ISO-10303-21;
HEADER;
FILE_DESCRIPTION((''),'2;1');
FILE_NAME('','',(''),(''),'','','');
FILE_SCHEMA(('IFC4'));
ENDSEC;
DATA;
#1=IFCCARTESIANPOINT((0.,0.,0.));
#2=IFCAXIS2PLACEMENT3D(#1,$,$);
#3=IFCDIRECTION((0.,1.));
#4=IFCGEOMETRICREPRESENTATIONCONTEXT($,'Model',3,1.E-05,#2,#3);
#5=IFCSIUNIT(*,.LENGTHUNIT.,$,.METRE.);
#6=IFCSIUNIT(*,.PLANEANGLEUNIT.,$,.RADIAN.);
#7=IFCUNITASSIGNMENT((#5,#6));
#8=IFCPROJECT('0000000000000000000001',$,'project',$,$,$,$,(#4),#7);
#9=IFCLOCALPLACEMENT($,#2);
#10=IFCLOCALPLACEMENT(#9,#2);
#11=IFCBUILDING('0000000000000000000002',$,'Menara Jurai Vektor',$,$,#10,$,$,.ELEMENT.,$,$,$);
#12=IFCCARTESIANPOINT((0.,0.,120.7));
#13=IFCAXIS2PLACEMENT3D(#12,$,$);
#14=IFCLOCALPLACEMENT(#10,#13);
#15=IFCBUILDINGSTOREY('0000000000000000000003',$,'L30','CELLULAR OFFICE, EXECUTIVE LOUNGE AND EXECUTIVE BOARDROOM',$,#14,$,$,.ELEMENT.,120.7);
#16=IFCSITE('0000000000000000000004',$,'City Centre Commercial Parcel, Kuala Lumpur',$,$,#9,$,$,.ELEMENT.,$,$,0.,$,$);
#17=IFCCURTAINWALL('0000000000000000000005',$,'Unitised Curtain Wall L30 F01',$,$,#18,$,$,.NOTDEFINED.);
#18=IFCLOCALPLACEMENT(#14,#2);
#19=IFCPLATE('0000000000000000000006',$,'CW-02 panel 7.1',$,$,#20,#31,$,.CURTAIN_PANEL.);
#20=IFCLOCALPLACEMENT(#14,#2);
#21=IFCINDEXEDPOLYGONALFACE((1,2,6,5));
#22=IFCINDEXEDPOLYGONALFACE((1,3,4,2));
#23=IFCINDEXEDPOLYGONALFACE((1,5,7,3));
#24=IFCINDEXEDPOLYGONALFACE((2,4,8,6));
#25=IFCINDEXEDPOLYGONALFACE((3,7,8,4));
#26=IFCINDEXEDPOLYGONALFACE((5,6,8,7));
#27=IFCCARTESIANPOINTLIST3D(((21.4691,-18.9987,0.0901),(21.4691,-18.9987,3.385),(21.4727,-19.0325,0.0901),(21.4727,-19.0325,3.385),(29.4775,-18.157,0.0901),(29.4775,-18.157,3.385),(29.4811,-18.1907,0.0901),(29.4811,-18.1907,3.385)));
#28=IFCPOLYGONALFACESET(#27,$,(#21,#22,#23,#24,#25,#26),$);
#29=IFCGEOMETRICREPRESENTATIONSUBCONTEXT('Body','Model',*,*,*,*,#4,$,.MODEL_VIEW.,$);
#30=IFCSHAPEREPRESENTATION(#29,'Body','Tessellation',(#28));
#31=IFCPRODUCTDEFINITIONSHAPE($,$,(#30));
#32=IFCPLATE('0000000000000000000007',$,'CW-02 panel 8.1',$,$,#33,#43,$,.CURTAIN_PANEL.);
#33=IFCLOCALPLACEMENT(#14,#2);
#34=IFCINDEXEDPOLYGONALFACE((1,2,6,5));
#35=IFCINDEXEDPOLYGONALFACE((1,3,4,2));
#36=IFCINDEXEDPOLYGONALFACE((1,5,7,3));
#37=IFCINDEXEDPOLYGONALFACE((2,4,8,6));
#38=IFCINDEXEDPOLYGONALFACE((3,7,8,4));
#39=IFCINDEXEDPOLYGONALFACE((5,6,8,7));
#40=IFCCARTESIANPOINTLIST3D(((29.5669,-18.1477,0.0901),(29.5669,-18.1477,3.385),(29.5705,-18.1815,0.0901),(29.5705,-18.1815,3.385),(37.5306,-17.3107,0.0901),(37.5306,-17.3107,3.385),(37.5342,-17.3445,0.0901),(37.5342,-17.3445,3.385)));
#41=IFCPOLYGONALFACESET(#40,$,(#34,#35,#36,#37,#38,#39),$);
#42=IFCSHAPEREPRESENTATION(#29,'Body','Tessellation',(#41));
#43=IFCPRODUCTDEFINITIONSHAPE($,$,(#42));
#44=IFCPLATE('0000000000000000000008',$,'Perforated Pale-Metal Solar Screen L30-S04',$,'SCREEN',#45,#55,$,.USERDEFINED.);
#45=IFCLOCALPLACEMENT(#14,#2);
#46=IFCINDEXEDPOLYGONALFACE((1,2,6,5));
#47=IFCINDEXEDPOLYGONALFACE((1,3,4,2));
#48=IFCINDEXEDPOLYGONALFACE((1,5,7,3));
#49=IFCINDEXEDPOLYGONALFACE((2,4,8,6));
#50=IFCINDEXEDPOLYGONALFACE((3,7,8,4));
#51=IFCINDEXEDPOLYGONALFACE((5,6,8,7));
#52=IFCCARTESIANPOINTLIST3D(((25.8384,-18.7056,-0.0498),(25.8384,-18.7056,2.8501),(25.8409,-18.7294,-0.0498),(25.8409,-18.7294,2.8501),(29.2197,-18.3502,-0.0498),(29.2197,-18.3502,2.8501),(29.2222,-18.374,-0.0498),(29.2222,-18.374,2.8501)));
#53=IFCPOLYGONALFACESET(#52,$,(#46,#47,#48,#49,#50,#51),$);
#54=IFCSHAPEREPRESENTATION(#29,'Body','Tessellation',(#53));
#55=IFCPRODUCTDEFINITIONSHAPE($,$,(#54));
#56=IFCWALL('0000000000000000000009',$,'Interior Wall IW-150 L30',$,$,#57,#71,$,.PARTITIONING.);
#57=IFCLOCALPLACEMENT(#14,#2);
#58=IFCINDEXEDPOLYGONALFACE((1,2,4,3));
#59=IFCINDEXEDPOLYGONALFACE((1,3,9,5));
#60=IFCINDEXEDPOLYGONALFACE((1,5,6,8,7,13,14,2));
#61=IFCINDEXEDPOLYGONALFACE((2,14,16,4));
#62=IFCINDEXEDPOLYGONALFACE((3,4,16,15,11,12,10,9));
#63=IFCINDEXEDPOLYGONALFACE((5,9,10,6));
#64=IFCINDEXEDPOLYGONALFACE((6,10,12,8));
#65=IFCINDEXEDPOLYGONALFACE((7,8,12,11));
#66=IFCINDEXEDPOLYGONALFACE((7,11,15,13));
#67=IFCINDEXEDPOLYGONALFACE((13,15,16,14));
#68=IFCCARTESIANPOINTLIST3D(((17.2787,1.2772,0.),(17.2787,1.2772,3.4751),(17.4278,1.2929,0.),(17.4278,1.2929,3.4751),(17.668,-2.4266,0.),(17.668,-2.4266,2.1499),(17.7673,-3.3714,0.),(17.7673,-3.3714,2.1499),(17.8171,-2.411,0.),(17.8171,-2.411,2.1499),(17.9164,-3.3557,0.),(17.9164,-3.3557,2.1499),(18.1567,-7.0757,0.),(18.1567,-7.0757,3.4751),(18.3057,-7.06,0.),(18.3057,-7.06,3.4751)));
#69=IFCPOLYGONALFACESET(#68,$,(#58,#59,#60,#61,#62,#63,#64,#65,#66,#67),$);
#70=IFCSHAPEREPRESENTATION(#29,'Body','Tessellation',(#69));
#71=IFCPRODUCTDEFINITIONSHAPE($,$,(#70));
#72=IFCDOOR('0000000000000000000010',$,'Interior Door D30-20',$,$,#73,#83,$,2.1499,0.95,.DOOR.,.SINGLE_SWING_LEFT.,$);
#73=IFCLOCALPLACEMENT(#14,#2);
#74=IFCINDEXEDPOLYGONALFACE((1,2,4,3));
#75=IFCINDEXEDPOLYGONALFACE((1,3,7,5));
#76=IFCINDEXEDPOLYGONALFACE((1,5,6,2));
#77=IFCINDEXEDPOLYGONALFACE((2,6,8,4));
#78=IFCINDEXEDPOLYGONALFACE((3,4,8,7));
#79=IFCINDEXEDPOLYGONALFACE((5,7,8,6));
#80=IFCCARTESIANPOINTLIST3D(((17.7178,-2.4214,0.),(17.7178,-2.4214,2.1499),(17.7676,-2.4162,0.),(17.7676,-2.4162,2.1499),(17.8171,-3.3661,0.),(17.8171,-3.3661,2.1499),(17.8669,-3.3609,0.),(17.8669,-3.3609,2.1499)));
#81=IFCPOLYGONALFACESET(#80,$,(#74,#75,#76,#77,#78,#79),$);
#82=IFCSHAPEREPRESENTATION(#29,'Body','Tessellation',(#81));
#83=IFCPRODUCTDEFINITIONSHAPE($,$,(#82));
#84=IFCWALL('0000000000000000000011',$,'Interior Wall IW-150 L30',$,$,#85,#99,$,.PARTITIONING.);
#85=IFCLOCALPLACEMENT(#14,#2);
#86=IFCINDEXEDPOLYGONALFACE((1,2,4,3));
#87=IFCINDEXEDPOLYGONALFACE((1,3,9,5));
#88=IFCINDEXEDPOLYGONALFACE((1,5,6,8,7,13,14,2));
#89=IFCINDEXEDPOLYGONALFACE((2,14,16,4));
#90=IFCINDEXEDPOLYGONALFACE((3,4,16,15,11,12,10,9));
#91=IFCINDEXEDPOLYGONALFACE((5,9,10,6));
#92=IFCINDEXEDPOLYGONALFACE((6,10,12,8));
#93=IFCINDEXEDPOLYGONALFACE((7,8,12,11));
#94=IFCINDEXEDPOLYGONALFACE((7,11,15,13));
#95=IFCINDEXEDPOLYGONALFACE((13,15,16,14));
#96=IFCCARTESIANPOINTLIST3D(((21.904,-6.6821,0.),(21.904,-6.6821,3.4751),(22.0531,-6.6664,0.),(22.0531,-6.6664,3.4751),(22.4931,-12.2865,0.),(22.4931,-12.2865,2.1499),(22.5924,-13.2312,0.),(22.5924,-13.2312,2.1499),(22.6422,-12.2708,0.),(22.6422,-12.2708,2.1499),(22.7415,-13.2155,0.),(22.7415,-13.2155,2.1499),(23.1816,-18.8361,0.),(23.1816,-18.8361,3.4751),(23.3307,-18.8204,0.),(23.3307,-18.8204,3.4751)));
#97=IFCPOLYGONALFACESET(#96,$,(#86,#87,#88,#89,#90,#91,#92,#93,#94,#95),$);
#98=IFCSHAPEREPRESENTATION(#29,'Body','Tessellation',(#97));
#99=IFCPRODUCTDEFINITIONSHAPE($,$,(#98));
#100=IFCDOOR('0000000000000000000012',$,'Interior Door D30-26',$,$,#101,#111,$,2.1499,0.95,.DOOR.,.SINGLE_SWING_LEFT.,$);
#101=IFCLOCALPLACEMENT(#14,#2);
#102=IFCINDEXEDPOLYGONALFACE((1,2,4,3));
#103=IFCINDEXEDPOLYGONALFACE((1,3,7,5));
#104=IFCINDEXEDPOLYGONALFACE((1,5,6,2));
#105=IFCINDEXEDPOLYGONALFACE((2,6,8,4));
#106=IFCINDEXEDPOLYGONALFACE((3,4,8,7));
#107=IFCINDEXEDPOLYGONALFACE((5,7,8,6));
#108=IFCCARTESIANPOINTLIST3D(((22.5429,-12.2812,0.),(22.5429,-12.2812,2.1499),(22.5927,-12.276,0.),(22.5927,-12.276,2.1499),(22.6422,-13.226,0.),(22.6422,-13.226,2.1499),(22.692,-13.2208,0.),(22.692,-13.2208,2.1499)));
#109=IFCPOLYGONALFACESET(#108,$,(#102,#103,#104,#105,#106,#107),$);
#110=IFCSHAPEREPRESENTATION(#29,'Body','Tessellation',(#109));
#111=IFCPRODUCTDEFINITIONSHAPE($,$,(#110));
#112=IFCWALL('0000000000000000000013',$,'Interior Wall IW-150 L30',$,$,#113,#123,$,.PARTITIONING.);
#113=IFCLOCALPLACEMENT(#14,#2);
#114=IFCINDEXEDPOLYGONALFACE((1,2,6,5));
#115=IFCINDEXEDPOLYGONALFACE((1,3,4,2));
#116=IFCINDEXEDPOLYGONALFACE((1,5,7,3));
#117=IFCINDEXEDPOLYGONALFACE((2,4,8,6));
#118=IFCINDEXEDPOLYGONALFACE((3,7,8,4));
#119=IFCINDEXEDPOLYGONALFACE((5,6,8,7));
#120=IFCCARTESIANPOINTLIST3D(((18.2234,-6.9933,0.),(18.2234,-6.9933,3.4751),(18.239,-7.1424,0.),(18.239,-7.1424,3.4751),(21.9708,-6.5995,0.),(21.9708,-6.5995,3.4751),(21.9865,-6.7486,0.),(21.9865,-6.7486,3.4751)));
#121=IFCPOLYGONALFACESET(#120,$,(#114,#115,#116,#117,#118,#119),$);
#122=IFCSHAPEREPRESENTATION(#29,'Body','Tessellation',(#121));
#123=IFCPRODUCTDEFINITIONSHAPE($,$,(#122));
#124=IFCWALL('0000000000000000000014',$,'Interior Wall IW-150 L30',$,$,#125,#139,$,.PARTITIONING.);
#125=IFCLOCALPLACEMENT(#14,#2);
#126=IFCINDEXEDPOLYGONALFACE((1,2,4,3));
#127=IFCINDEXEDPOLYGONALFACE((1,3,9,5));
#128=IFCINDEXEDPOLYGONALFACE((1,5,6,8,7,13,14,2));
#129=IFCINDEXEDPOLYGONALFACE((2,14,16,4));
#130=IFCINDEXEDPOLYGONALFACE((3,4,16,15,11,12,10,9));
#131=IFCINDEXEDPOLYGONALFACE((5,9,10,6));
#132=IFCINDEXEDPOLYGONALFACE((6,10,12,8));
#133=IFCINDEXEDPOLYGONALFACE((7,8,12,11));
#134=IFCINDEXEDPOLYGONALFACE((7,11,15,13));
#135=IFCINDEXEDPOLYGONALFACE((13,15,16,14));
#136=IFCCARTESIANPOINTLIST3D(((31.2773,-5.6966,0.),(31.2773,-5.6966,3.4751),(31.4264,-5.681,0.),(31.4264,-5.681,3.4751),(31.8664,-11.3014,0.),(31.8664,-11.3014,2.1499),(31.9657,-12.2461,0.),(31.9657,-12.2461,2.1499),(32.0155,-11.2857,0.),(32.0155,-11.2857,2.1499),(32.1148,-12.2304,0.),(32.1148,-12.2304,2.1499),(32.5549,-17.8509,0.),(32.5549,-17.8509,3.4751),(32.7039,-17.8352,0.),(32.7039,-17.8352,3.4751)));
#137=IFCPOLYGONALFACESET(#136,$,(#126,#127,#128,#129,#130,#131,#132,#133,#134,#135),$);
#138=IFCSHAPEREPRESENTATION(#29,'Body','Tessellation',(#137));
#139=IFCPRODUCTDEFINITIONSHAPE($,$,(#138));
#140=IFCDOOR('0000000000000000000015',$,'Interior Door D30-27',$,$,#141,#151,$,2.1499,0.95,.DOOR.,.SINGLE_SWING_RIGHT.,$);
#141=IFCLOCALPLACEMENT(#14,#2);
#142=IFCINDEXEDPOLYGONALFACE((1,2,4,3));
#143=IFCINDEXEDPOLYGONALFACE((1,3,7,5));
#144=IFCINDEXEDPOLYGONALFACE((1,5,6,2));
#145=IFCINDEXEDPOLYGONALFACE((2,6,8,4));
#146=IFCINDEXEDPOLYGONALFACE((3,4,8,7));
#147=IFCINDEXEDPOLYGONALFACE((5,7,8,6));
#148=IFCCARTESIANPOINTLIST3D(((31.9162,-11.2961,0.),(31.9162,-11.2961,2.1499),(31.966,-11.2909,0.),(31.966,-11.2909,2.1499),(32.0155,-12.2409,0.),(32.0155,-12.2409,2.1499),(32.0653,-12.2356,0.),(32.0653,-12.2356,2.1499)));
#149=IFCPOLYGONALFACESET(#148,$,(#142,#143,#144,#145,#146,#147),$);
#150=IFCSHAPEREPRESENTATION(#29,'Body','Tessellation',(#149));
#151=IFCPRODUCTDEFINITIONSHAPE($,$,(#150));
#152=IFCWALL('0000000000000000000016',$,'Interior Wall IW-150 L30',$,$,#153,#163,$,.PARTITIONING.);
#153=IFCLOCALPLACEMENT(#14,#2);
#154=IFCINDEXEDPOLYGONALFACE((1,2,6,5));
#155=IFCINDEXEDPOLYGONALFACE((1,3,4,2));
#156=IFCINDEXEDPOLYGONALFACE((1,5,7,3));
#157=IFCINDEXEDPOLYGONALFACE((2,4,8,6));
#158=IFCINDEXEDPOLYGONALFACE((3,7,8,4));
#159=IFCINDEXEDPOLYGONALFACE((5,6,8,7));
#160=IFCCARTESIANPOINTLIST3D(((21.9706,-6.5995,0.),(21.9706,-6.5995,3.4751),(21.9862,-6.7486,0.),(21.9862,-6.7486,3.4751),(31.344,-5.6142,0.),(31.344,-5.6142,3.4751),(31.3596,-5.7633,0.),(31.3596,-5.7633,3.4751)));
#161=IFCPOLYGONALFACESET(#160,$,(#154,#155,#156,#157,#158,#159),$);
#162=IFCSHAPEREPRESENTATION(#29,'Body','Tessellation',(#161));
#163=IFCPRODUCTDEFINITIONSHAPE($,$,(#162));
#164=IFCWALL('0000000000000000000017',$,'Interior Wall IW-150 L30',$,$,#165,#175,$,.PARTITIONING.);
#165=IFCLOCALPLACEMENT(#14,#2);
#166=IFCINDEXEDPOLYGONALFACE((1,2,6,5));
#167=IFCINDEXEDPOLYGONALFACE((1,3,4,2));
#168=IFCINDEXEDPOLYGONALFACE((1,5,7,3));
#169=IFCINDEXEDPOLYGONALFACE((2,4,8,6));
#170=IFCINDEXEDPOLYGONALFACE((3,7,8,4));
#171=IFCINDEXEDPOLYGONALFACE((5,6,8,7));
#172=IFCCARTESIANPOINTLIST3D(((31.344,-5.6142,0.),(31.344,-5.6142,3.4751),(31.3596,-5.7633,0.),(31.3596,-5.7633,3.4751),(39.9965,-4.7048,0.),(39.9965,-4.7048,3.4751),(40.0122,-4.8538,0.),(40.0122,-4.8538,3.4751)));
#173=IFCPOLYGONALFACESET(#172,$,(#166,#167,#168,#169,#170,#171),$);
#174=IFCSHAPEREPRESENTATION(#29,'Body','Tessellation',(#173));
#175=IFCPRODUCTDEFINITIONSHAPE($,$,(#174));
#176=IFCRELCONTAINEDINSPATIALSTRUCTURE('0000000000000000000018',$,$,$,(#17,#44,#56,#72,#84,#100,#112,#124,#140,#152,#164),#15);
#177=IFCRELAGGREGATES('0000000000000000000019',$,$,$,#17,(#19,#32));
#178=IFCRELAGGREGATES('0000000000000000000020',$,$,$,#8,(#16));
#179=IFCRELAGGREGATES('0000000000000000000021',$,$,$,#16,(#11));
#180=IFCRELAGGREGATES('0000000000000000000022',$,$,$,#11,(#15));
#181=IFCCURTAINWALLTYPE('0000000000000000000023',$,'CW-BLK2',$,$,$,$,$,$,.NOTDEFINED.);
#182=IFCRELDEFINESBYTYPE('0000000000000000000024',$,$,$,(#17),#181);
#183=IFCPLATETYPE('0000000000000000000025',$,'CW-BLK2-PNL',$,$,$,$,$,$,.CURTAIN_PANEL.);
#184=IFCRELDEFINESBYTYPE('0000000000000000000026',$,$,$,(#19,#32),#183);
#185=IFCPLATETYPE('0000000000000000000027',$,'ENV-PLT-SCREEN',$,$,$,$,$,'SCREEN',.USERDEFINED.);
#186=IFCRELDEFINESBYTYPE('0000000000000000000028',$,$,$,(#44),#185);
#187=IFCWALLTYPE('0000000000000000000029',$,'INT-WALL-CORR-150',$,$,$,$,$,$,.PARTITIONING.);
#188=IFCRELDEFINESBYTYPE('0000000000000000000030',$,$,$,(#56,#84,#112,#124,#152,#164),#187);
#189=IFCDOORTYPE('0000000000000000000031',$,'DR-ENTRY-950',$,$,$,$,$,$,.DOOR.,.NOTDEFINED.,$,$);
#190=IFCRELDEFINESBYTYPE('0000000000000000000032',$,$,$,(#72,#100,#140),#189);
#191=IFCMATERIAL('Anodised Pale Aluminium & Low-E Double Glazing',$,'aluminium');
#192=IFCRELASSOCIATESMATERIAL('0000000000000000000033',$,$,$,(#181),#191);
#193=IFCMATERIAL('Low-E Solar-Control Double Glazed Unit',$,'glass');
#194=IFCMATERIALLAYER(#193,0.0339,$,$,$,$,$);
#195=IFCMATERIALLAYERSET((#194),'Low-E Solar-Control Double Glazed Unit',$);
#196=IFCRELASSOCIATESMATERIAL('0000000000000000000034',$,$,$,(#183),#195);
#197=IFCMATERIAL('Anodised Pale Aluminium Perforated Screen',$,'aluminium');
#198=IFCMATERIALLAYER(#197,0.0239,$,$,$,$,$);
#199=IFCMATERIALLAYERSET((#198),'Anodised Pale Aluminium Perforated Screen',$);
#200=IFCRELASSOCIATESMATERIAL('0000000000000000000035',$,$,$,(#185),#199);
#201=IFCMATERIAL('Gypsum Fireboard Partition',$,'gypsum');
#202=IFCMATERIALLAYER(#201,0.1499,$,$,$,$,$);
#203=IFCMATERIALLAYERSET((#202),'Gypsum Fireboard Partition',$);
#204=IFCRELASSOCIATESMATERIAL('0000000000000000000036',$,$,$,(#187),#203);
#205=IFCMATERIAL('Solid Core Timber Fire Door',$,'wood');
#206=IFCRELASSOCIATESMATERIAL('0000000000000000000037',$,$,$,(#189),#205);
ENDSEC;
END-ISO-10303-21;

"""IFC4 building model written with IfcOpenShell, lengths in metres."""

from ifc_helpers import new_model, si_unit, direction, frame, frame_2d, origin, origin_2d, place, context, subcontext, project, spatial, rectangle, extrude, material, layer, layer_set, type_object, element, fill, aggregate, save


model = new_model("IFC4")

# Units and contexts
model_context = context("Model", 3, precision=1e-05, world=origin(), true_north=direction((0.0, 1.0)))
body_context = subcontext(model_context, "Body", "Model", "MODEL_VIEW")
ifc_project = project(units=[si_unit("LENGTHUNIT", "METRE"), si_unit("PLANEANGLEUNIT", "RADIAN")], contexts=[model_context])

# Site, building, storey
site_placement = place(None, origin())
site = spatial("IfcSite", under=ifc_project, at=site_placement, Name="City Centre Commercial Parcel, Kuala Lumpur", CompositionType="ELEMENT", RefElevation=0.0)
building_placement = place(site_placement, origin())
building = spatial("IfcBuilding", under=site, at=building_placement, Name="Menara Jurai Vektor", CompositionType="ELEMENT")
storey_placement = place(building_placement, frame((0.0, 0.0, 120.7)))
storey = spatial("IfcBuildingStorey", under=building, at=storey_placement, Name="L30", Description="CELLULAR OFFICE, EXECUTIVE LOUNGE AND EXECUTIVE BOARDROOM", CompositionType="ELEMENT", Elevation=120.7)

# Curtain wall
ifc_material_1 = material(Name="Anodised Pale Aluminium & Low-E Double Glazing", Category="aluminium")
curtain_wall_type = type_object("IfcCurtainWallType", Name="CW-BLK2", PredefinedType="NOTDEFINED", material=ifc_material_1)
curtain_wall_placement = place(storey_placement, origin())
curtain_wall = element("IfcCurtainWall", 1, at=curtain_wall_placement, inside=storey, type_object=curtain_wall_type, Name="Unitised Curtain Wall L30 F01", PredefinedType="NOTDEFINED")

# Plates
ifc_material_2 = material(Name="Low-E Solar-Control Double Glazed Unit", Category="glass")
ifc_layer_1 = layer(ifc_material_2, 0.0339)
ifc_layer_set_1 = layer_set([ifc_layer_1], Name="Low-E Solar-Control Double Glazed Unit")
plate_type_1 = type_object("IfcPlateType", Name="CW-BLK2-PNL", PredefinedType="CURTAIN_PANEL", material=ifc_layer_set_1)
plate_1_placement = place(storey_placement, frame((25.4751, -18.5947, 0.0901), z_axis=(0.0, 0.0, 1.0), x_axis=(0.994522, 0.104529, 0.0)))
plate_1 = element("IfcPlate", 2, at=plate_1_placement, type_object=plate_type_1, Name="CW-02 panel 7.1", PredefinedType="CURTAIN_PANEL", context=body_context, shape_type="SweptSolid", body=[
    extrude(rectangle(XDim=8.0525, YDim=0.0339, at=origin_2d()), origin(), (0.0, 0.0, 1.0), 3.2949),
])
plate_2_placement = place(storey_placement, frame((33.5505, -17.7461, 0.0901), z_axis=(0.0, 0.0, 1.0), x_axis=(0.994522, 0.104529, 0.0)))
plate_2 = element("IfcPlate", 3, at=plate_2_placement, type_object=plate_type_1, Name="CW-02 panel 8.1", PredefinedType="CURTAIN_PANEL", context=body_context, shape_type="SweptSolid", body=[
    extrude(rectangle(XDim=8.0076, YDim=0.0339, at=origin_2d()), origin(), (0.0, 0.0, 1.0), 3.2949),
])
aggregate(curtain_wall, [plate_1, plate_2])
ifc_material_3 = material(Name="Anodised Pale Aluminium Perforated Screen", Category="aluminium")
ifc_layer_2 = layer(ifc_material_3, 0.0239)
ifc_layer_set_2 = layer_set([ifc_layer_2], Name="Anodised Pale Aluminium Perforated Screen")
plate_type_2 = type_object("IfcPlateType", Name="ENV-PLT-SCREEN", ElementType="SCREEN", PredefinedType="USERDEFINED", material=ifc_layer_set_2)
plate_3_placement = place(storey_placement, frame((27.5303, -18.5398, -0.0498), z_axis=(0.0, 0.0, 1.0), x_axis=(0.994522, 0.104528, 0.0)))
element("IfcPlate", 4, at=plate_3_placement, inside=storey, type_object=plate_type_2, Name="Perforated Pale-Metal Solar Screen L30-S04", ObjectType="SCREEN", PredefinedType="USERDEFINED", context=body_context, shape_type="SweptSolid", body=[
    extrude(rectangle(XDim=3.3999, YDim=0.0239, at=origin_2d()), origin(), (0.0, 0.0, 1.0), 2.8999),
])

# Walls, openings, doors
ifc_material_4 = material(Name="Gypsum Fireboard Partition", Category="gypsum")
ifc_layer_3 = layer(ifc_material_4, 0.1499)
ifc_layer_set_3 = layer_set([ifc_layer_3], Name="Gypsum Fireboard Partition")
wall_type = type_object("IfcWallType", Name="INT-WALL-CORR-150", PredefinedType="PARTITIONING", material=ifc_layer_set_3)
wall_1_placement = place(storey_placement, frame((18.2312, -7.0679, 0.0), z_axis=(0.0, 0.0, 1.0), x_axis=(-0.104527, 0.994522, 0.0)))
wall_1 = element("IfcWall", 5, at=wall_1_placement, inside=storey, type_object=wall_type, Name="Interior Wall IW-150 L30", PredefinedType="PARTITIONING", context=body_context, shape_type="SweptSolid", body=[
    extrude(rectangle(XDim=8.3989, YDim=0.1499, at=frame_2d((4.1995, 0.0))), origin(), (0.0, 0.0, 1.0), 3.4751),
])
opening_1_placement = place(wall_1_placement, frame((3.7246, 0.0, 0.0)))
opening_1 = element("IfcOpeningElement", 6, at=opening_1_placement, cuts=wall_1, PredefinedType="OPENING", context=body_context, shape_type="SweptSolid", body=[
    extrude(rectangle(XDim=0.95, YDim=2.1499, at=frame_2d((0.4751, 1.075))), frame((0.0, 0.085, 0.0), z_axis=(0.0, -1.0, 0.0), x_axis=(1.0, 0.0, 0.0)), (0.0, 0.0, 1.0), 0.1699),
])
ifc_material_5 = material(Name="Solid Core Timber Fire Door", Category="wood")
door_type = type_object("IfcDoorType", Name="DR-ENTRY-950", OperationType="NOTDEFINED", PredefinedType="DOOR", material=ifc_material_5)
door_1_placement = place(opening_1_placement, origin())
door_1 = element("IfcDoor", 7, at=door_1_placement, inside=storey, type_object=door_type, Name="Interior Door D30-20", OperationType="SINGLE_SWING_LEFT", OverallHeight=2.1499, OverallWidth=0.95, PredefinedType="DOOR", context=body_context, shape_type="SweptSolid", body=[
    extrude(rectangle(XDim=0.95, YDim=2.1499, at=frame_2d((0.4751, 1.075))), frame((0.0, 0.0249, 0.0), z_axis=(0.0, -1.0, 0.0), x_axis=(1.0, 0.0, 0.0)), (0.0, 0.0, 1.0), 0.05),
])
fill(opening_1, door_1)
wall_2_placement = place(storey_placement, frame((23.2561, -18.8281, 0.0), z_axis=(0.0, 0.0, 1.0), x_axis=(-0.10454, 0.994521, 0.0)))
wall_2 = element("IfcWall", 8, at=wall_2_placement, inside=storey, type_object=wall_type, Name="Interior Wall IW-150 L30", PredefinedType="PARTITIONING", context=body_context, shape_type="SweptSolid", body=[
    extrude(rectangle(XDim=12.2209, YDim=0.1499, at=frame_2d((6.1104, 0.0))), origin(), (0.0, 0.0, 1.0), 3.4751),
])
opening_2_placement = place(wall_2_placement, frame((5.6355, 0.0, 0.0)))
opening_2 = element("IfcOpeningElement", 9, at=opening_2_placement, cuts=wall_2, PredefinedType="OPENING", context=body_context, shape_type="SweptSolid", body=[
    extrude(rectangle(XDim=0.95, YDim=2.1499, at=frame_2d((0.4751, 1.075))), frame((0.0, 0.085, 0.0), z_axis=(0.0, -1.0, 0.0), x_axis=(1.0, 0.0, 0.0)), (0.0, 0.0, 1.0), 0.1699),
])
door_2_placement = place(opening_2_placement, origin())
door_2 = element("IfcDoor", 10, at=door_2_placement, inside=storey, type_object=door_type, Name="Interior Door D30-26", OperationType="SINGLE_SWING_LEFT", OverallHeight=2.1499, OverallWidth=0.95, PredefinedType="DOOR", context=body_context, shape_type="SweptSolid", body=[
    extrude(rectangle(XDim=0.95, YDim=2.1499, at=frame_2d((0.4751, 1.075))), frame((0.0, 0.0249, 0.0), z_axis=(0.0, -1.0, 0.0), x_axis=(1.0, 0.0, 0.0)), (0.0, 0.0, 1.0), 0.05),
])
fill(opening_2, door_2)

# Wall
wall_3_placement = place(storey_placement, frame((18.2312, -7.0679, 0.0), z_axis=(0.0, 0.0, 1.0), x_axis=(0.994524, 0.104513, 0.0)))
element("IfcWall", 11, at=wall_3_placement, inside=storey, type_object=wall_type, Name="Interior Wall IW-150 L30", PredefinedType="PARTITIONING", context=body_context, shape_type="SweptSolid", body=[
    extrude(rectangle(XDim=3.7681, YDim=0.1499, at=frame_2d((1.884, 0.0))), origin(), (0.0, 0.0, 1.0), 3.4751),
])

# Wall, opening, door
wall_4_placement = place(storey_placement, frame((32.6294, -17.843, 0.0), z_axis=(0.0, 0.0, 1.0), x_axis=(-0.104538, 0.994521, 0.0)))
wall_4 = element("IfcWall", 12, at=wall_4_placement, inside=storey, type_object=wall_type, Name="Interior Wall IW-150 L30", PredefinedType="PARTITIONING", context=body_context, shape_type="SweptSolid", body=[
    extrude(rectangle(XDim=12.2212, YDim=0.1499, at=frame_2d((6.1106, 0.0))), origin(), (0.0, 0.0, 1.0), 3.4751),
])
opening_3_placement = place(wall_4_placement, frame((5.6355, 0.0, 0.0)))
opening_3 = element("IfcOpeningElement", 13, at=opening_3_placement, cuts=wall_4, PredefinedType="OPENING", context=body_context, shape_type="SweptSolid", body=[
    extrude(rectangle(XDim=0.95, YDim=2.1499, at=frame_2d((0.4751, 1.075))), frame((0.0, 0.085, 0.0), z_axis=(0.0, -1.0, 0.0), x_axis=(1.0, 0.0, 0.0)), (0.0, 0.0, 1.0), 0.1699),
])
door_3_placement = place(opening_3_placement, origin())
door_3 = element("IfcDoor", 14, at=door_3_placement, inside=storey, type_object=door_type, Name="Interior Door D30-27", OperationType="SINGLE_SWING_RIGHT", OverallHeight=2.1499, OverallWidth=0.95, PredefinedType="DOOR", context=body_context, shape_type="SweptSolid", body=[
    extrude(rectangle(XDim=0.95, YDim=2.1499, at=frame_2d((0.4751, 1.075))), frame((0.0, 0.0249, 0.0), z_axis=(0.0, -1.0, 0.0), x_axis=(1.0, 0.0, 0.0)), (0.0, 0.0, 1.0), 0.05),
])
fill(opening_3, door_3)

# Walls
wall_5_placement = place(storey_placement, frame((21.9785, -6.6741, 0.0), z_axis=(0.0, 0.0, 1.0), x_axis=(0.99452, 0.104547, 0.0)))
element("IfcWall", 15, at=wall_5_placement, inside=storey, type_object=wall_type, Name="Interior Wall IW-150 L30", PredefinedType="PARTITIONING", context=body_context, shape_type="SweptSolid", body=[
    extrude(rectangle(XDim=9.425, YDim=0.1499, at=frame_2d((4.7124, 0.0))), origin(), (0.0, 0.0, 1.0), 3.4751),
])
wall_6_placement = place(storey_placement, frame((31.3518, -5.6887, 0.0), z_axis=(0.0, 0.0, 1.0), x_axis=(0.994522, 0.104528, 0.0)))
element("IfcWall", 16, at=wall_6_placement, inside=storey, type_object=wall_type, Name="Interior Wall IW-150 L30", PredefinedType="PARTITIONING", context=body_context, shape_type="SweptSolid", body=[
    extrude(rectangle(XDim=8.7002, YDim=0.1499, at=frame_2d((4.3501, 0.0))), origin(), (0.0, 0.0, 1.0), 3.4751),
])

save(model, "model.ifc")
